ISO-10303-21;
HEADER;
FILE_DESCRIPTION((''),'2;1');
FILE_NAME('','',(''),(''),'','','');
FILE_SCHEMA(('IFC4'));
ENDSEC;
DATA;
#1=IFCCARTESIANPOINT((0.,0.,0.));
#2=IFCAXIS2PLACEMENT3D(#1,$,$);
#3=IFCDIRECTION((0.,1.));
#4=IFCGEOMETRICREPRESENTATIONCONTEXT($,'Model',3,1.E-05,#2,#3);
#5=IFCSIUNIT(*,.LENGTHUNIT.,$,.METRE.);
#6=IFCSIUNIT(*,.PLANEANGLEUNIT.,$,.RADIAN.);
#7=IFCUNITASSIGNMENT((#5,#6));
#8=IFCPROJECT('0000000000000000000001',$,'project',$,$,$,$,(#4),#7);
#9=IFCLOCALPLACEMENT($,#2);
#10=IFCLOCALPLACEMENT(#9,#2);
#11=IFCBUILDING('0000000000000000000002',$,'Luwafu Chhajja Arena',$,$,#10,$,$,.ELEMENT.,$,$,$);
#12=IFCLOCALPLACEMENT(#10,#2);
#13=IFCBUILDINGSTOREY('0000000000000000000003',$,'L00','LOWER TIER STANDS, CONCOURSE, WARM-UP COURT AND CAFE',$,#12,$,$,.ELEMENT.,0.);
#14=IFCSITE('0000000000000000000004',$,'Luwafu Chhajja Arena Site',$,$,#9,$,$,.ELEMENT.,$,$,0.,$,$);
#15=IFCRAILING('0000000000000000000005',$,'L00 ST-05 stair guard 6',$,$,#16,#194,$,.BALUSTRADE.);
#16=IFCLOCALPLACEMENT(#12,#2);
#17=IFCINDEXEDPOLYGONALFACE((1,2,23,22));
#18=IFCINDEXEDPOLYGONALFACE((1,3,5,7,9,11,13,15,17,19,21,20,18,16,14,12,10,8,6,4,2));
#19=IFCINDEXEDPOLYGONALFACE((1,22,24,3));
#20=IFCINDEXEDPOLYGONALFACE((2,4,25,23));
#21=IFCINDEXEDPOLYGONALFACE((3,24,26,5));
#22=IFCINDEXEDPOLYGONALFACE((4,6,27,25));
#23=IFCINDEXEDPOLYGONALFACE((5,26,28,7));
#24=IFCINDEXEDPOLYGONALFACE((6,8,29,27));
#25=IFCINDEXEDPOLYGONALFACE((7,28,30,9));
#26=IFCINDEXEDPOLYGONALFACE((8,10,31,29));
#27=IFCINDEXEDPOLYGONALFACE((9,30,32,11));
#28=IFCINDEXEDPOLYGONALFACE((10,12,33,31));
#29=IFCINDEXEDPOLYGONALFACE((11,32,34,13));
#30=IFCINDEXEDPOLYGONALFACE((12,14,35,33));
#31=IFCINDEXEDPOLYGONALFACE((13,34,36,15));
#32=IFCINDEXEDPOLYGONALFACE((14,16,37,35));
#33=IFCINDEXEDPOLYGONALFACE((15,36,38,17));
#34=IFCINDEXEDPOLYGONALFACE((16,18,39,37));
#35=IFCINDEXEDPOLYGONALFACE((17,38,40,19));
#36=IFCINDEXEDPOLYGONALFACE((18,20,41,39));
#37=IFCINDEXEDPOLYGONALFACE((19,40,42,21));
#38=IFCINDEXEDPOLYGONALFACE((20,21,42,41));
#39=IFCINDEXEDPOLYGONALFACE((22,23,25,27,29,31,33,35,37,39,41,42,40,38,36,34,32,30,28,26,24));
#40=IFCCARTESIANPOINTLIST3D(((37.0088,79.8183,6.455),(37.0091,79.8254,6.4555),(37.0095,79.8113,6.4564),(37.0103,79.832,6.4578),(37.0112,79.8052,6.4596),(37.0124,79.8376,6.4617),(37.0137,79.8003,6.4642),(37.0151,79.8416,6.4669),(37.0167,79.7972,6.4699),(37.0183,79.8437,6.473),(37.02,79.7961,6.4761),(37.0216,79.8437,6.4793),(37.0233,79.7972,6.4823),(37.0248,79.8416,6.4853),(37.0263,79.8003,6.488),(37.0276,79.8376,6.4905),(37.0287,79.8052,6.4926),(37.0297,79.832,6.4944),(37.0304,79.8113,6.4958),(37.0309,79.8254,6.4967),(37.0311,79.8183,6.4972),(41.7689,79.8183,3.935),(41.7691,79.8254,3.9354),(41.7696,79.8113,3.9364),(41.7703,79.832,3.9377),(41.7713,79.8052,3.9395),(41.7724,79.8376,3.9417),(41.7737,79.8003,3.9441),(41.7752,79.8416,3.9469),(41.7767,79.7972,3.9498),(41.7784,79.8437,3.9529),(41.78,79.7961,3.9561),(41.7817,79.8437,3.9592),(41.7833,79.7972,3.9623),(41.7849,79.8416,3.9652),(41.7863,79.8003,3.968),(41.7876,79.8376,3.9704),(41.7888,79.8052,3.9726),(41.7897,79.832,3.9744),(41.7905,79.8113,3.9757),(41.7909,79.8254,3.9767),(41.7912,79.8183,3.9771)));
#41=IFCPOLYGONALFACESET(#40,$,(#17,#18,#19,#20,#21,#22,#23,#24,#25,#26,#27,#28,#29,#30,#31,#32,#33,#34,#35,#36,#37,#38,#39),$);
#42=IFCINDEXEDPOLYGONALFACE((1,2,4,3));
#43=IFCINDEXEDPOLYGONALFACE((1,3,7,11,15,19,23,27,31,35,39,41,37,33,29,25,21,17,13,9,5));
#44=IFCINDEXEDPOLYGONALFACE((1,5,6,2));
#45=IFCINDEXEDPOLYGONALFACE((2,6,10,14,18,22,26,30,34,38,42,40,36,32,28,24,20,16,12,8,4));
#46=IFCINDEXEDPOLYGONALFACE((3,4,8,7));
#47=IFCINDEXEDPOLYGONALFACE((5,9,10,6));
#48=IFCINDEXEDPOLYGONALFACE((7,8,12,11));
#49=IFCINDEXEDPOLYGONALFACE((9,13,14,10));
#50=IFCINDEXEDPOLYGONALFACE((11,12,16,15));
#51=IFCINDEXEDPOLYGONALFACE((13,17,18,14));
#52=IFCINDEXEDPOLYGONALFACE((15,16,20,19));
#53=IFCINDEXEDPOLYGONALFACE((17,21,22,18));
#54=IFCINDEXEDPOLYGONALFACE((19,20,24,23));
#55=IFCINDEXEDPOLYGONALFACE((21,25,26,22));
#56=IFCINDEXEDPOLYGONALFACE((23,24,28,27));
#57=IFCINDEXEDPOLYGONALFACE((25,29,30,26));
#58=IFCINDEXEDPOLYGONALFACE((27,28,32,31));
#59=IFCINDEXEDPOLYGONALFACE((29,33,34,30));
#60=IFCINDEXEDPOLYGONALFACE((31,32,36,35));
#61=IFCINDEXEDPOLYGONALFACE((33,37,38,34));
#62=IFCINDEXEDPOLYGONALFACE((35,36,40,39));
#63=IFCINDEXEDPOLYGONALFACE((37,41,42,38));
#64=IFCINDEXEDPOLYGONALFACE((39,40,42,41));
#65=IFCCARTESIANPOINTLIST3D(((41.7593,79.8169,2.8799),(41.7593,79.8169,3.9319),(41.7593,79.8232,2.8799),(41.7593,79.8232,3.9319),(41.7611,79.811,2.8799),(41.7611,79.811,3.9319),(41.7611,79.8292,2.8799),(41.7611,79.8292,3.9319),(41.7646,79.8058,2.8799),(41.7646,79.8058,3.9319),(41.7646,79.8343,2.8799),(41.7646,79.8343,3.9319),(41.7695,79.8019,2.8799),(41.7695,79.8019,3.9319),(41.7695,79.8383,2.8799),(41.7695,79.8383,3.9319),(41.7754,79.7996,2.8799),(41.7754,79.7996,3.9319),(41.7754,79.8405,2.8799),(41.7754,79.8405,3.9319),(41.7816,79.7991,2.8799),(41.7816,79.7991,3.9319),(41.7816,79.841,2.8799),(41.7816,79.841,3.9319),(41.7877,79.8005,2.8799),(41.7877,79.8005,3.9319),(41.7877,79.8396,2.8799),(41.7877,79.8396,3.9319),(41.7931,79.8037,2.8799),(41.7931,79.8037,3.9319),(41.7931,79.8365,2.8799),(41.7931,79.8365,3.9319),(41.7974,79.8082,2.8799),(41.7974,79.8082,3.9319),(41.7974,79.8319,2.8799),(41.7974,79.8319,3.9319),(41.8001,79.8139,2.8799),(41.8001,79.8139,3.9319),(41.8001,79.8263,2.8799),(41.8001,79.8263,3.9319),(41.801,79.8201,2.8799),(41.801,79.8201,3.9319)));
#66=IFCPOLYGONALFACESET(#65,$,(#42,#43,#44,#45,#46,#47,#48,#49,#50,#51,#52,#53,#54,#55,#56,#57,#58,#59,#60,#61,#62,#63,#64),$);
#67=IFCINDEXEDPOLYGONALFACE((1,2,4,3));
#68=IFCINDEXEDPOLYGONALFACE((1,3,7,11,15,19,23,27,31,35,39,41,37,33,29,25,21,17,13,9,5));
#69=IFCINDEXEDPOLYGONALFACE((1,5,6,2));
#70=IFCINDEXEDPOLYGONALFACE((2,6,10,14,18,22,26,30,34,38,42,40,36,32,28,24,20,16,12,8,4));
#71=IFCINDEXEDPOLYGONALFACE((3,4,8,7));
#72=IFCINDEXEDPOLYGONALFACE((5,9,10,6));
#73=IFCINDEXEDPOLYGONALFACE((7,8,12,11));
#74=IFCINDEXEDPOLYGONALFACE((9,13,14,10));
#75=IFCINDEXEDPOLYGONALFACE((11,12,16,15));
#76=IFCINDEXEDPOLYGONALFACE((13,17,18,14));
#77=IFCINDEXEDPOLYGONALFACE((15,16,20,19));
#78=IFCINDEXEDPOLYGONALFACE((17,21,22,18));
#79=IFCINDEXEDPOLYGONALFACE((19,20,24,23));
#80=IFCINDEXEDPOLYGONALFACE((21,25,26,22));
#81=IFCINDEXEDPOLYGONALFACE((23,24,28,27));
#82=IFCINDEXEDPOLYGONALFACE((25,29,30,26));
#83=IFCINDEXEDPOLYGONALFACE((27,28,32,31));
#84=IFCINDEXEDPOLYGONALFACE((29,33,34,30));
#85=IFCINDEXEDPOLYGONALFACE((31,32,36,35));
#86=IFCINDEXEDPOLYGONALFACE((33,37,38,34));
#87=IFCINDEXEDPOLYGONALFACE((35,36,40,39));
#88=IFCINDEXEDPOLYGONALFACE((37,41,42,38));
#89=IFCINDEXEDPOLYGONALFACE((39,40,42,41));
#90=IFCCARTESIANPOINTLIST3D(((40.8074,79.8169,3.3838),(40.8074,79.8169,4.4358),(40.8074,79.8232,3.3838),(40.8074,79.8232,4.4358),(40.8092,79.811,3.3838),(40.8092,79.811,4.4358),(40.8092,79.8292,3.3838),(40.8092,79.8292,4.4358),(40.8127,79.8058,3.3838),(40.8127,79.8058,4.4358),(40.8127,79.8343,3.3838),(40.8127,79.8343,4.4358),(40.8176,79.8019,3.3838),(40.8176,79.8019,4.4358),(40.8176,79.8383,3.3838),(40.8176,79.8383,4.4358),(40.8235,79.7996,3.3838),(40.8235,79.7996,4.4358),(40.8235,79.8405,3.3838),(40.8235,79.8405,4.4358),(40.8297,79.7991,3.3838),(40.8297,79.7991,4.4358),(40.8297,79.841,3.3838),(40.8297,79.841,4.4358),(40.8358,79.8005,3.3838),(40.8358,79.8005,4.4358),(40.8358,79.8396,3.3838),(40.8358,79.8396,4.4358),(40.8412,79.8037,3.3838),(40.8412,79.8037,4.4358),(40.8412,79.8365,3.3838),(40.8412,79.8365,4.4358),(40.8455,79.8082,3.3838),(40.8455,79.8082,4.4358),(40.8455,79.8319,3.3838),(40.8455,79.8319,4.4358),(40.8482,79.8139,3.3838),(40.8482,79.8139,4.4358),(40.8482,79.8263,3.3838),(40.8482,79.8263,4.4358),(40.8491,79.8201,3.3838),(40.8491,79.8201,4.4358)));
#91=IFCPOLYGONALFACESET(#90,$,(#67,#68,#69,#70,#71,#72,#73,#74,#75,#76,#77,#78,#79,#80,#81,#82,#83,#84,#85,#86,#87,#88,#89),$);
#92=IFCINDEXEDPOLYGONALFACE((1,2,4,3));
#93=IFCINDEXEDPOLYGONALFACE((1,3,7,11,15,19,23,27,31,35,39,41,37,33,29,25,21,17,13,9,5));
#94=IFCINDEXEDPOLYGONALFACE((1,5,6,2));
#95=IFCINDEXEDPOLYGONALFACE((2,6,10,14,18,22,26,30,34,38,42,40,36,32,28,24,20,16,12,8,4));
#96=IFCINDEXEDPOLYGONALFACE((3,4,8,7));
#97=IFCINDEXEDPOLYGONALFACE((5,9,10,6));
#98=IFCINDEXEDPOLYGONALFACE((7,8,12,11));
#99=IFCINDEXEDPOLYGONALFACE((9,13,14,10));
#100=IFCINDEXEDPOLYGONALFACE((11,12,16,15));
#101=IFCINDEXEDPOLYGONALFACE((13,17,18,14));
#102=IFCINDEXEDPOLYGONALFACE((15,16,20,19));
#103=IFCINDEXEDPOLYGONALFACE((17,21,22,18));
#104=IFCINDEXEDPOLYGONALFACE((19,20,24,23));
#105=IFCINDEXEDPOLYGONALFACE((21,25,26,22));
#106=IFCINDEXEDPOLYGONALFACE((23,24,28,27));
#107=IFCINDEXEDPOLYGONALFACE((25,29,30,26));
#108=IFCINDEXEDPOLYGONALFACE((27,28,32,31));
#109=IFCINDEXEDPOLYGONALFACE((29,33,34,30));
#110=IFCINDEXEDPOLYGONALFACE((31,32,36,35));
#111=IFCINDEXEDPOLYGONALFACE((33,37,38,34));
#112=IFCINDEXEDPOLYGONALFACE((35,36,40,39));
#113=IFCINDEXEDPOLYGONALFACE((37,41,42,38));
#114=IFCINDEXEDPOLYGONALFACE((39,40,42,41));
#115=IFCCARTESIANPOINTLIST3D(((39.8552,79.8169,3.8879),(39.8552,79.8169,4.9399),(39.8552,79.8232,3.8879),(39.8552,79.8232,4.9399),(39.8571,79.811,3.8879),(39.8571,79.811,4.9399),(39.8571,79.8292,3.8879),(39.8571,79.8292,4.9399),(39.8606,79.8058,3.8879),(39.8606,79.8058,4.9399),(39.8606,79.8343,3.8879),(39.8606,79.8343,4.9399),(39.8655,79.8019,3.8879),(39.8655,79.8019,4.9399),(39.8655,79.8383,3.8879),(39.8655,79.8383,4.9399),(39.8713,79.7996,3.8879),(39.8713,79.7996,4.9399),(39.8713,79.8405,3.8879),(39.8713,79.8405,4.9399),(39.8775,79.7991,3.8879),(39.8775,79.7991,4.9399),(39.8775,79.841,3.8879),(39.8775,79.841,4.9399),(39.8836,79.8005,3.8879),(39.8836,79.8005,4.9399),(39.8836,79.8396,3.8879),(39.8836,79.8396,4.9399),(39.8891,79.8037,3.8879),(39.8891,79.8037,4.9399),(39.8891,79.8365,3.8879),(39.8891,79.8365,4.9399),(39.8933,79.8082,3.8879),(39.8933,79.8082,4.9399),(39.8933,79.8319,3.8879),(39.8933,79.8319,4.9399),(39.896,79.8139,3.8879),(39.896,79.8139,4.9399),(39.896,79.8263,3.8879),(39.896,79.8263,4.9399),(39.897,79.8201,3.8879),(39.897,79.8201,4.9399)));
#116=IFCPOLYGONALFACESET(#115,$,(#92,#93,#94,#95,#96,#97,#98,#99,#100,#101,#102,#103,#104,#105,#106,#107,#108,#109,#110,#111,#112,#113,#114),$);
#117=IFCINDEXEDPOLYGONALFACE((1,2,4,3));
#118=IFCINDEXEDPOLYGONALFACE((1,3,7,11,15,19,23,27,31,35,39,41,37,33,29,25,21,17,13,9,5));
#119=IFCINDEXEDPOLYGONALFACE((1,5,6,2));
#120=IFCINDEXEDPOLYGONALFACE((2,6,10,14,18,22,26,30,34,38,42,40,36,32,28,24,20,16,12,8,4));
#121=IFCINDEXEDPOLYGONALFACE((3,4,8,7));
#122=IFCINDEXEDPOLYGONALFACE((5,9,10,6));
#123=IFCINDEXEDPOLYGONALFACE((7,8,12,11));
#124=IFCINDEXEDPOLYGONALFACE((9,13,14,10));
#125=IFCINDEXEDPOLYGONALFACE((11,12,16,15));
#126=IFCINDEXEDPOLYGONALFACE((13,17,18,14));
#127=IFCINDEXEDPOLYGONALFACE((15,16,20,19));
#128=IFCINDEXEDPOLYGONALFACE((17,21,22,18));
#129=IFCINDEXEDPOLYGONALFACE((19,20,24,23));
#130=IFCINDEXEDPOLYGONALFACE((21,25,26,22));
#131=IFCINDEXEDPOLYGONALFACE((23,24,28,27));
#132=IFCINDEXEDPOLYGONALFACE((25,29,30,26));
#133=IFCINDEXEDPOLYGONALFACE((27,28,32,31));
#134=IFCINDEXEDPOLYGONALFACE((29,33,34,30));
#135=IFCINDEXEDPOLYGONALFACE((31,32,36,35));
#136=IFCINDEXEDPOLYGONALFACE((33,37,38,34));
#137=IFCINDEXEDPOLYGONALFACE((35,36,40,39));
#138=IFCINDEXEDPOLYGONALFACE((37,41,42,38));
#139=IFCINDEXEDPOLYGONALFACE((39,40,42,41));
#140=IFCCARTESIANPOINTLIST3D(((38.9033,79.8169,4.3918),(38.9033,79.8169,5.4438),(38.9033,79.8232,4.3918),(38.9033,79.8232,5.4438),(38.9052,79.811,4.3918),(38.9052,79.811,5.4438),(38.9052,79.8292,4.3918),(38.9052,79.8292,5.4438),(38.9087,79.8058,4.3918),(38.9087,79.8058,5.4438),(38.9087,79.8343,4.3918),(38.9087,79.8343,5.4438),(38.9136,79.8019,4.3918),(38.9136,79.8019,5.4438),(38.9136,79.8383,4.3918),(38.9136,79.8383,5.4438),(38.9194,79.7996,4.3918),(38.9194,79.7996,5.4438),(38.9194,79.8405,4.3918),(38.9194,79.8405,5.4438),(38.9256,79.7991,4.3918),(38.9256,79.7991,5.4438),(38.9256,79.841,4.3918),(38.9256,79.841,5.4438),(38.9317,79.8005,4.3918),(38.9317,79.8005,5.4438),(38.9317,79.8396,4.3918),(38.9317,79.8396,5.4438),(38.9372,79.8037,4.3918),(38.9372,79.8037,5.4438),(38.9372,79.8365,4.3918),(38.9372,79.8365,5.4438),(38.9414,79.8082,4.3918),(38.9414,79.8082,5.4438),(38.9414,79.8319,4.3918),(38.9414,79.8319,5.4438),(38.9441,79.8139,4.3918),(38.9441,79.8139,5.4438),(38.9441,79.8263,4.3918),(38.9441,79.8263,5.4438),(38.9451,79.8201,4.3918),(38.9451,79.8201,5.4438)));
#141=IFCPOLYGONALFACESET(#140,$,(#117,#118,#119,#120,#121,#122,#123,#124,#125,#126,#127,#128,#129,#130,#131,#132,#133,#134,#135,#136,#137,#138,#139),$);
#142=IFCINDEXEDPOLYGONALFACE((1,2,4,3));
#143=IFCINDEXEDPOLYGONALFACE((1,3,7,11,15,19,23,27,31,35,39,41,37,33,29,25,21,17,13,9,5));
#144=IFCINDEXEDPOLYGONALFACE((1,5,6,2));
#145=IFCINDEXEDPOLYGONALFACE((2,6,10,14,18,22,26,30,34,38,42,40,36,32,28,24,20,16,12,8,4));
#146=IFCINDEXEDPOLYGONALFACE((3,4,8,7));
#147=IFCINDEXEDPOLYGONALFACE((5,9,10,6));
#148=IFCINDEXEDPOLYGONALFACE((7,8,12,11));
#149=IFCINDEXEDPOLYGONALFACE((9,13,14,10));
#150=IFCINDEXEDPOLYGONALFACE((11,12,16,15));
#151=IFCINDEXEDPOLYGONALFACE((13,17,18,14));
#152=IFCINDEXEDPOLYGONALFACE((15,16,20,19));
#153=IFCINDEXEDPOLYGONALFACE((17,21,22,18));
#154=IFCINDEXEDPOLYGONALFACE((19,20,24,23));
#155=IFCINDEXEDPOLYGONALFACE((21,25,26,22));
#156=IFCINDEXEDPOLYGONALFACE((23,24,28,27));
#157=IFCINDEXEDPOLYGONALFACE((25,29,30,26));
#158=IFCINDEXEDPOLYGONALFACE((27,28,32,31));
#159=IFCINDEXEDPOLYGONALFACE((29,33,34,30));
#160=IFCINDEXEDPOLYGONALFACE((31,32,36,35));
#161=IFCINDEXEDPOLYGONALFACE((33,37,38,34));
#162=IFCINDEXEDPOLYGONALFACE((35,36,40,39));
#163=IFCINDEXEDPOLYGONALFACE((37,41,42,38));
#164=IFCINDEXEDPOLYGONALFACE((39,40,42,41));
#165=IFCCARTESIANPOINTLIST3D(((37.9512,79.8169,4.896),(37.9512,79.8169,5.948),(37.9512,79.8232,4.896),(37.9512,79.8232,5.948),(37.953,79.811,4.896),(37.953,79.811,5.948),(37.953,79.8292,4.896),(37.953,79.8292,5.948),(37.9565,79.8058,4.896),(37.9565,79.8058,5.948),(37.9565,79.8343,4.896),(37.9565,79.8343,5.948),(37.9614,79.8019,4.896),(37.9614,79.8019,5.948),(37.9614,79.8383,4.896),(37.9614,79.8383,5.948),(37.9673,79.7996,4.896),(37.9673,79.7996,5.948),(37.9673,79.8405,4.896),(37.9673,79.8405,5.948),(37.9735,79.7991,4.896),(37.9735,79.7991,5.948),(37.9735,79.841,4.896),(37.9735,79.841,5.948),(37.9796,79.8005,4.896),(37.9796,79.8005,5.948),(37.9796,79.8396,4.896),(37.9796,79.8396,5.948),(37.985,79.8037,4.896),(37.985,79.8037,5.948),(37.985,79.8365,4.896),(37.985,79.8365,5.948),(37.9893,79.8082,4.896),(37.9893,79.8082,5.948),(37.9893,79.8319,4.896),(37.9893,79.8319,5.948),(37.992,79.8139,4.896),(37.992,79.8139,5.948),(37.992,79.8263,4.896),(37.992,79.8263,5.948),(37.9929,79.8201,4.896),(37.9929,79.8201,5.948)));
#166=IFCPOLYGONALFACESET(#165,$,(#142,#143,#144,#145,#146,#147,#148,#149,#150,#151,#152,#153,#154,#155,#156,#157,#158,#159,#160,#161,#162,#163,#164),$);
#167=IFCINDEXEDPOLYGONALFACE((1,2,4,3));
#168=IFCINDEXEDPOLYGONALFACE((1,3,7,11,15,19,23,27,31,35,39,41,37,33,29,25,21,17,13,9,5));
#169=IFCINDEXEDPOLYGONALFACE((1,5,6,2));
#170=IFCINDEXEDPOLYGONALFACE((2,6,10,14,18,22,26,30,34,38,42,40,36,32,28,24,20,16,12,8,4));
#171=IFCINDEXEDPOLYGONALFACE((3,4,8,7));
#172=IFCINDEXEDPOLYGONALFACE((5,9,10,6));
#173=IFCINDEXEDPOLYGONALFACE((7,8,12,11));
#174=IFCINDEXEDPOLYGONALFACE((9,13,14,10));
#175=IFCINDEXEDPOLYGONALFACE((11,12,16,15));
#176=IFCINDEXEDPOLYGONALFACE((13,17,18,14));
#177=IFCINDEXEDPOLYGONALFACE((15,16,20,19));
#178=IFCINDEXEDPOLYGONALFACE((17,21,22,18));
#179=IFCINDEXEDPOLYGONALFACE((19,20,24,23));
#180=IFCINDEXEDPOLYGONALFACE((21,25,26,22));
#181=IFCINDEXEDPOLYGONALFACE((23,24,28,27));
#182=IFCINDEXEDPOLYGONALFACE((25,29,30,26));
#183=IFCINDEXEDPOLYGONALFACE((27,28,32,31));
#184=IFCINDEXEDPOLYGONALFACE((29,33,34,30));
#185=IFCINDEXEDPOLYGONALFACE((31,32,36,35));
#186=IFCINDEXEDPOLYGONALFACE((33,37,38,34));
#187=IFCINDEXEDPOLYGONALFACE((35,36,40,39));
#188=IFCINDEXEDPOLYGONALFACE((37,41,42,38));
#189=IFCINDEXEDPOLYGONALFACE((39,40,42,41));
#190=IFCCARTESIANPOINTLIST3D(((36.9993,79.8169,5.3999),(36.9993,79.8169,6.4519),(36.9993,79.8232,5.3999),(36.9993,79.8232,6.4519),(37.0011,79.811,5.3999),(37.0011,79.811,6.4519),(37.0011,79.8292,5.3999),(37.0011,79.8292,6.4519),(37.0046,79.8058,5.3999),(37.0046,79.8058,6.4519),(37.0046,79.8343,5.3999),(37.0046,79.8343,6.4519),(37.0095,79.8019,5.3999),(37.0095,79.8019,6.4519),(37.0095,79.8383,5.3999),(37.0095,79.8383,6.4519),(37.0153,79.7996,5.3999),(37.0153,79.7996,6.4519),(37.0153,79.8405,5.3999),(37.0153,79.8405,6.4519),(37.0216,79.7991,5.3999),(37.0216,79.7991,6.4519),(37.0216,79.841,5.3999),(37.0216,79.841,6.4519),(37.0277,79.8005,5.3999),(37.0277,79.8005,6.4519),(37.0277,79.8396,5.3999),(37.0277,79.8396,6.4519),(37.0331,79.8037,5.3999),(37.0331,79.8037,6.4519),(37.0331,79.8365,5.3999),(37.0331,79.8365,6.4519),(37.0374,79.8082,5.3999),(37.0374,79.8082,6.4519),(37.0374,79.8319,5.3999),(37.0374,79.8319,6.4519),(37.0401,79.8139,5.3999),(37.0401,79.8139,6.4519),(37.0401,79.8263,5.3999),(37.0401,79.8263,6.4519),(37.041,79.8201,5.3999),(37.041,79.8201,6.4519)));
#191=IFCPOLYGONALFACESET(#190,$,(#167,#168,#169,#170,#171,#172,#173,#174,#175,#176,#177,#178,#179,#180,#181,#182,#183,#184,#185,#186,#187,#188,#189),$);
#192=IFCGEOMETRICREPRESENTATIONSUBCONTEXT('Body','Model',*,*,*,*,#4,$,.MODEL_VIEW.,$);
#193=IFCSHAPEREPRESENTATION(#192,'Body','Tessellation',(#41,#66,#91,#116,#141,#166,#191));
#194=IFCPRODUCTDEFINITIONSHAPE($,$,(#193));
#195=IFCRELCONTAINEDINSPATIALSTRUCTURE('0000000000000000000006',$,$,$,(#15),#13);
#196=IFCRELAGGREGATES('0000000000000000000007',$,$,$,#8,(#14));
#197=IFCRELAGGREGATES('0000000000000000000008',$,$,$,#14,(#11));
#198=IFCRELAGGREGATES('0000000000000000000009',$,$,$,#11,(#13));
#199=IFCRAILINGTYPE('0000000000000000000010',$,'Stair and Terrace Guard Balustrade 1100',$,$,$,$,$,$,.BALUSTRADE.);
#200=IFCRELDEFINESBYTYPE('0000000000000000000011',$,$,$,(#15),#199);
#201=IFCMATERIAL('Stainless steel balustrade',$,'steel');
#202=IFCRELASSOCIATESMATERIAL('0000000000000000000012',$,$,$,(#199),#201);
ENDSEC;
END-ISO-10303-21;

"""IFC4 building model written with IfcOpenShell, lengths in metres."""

from ifc_helpers import new_model, si_unit, direction, frame, origin, origin_2d, place, context, subcontext, project, spatial, circle, extrude, material, type_object, element, save


model = new_model("IFC4")

# Units and contexts
model_context = context("Model", 3, precision=1e-05, world=origin(), true_north=direction((0.0, 1.0)))
body_context = subcontext(model_context, "Body", "Model", "MODEL_VIEW")
ifc_project = project(units=[si_unit("LENGTHUNIT", "METRE"), si_unit("PLANEANGLEUNIT", "RADIAN")], contexts=[model_context])

# Site, building, storey
site_placement = place(None, origin())
site = spatial("IfcSite", under=ifc_project, at=site_placement, Name="Luwafu Chhajja Arena Site", CompositionType="ELEMENT", RefElevation=0.0)
building_placement = place(site_placement, origin())
building = spatial("IfcBuilding", under=site, at=building_placement, Name="Luwafu Chhajja Arena", CompositionType="ELEMENT")
storey_placement = place(building_placement, origin())
storey = spatial("IfcBuildingStorey", under=building, at=storey_placement, Name="L00", Description="LOWER TIER STANDS, CONCOURSE, WARM-UP COURT AND CAFE", CompositionType="ELEMENT", Elevation=0.0)

# Railing
ifc_material_1 = material(Name="Stainless steel balustrade", Category="steel")
railing_type_1 = type_object("IfcRailingType", Name="Stair and Terrace Guard Balustrade 1100", PredefinedType="BALUSTRADE", material=ifc_material_1)
railing_1_placement = place(storey_placement, frame((41.78, 79.8201, 2.8799)))
element("IfcRailing", 1, at=railing_1_placement, inside=storey, type_object=railing_type_1, Name="L00 ST-05 stair guard 6", PredefinedType="BALUSTRADE", context=body_context, shape_type="SweptSolid", body=[
    extrude(circle(Radius=0.0239, at=origin_2d()), frame((0.0, 0.0, 1.0762), z_axis=(-0.883787, 0.0, 0.46789), x_axis=(0.0, -1.0, 0.0)), (0.0, 0.0, 1.0), 5.386),
    extrude(circle(Radius=0.021, at=origin_2d()), origin(), (0.0, 0.0, 1.0), 1.052),
    extrude(circle(Radius=0.021, at=origin_2d()), frame((-0.9519, 0.0, 0.5039)), (0.0, 0.0, 1.0), 1.052),
    extrude(circle(Radius=0.021, at=origin_2d()), frame((-1.9041, 0.0, 1.0081)), (0.0, 0.0, 1.0), 1.052),
    extrude(circle(Radius=0.021, at=origin_2d()), frame((-2.856, 0.0, 1.512)), (0.0, 0.0, 1.0), 1.052),
    extrude(circle(Radius=0.021, at=origin_2d()), frame((-3.8081, 0.0, 2.0161)), (0.0, 0.0, 1.0), 1.052),
    extrude(circle(Radius=0.021, at=origin_2d()), frame((-4.76, 0.0, 2.52)), (0.0, 0.0, 1.0), 1.052),
])

save(model, "model.ifc")
